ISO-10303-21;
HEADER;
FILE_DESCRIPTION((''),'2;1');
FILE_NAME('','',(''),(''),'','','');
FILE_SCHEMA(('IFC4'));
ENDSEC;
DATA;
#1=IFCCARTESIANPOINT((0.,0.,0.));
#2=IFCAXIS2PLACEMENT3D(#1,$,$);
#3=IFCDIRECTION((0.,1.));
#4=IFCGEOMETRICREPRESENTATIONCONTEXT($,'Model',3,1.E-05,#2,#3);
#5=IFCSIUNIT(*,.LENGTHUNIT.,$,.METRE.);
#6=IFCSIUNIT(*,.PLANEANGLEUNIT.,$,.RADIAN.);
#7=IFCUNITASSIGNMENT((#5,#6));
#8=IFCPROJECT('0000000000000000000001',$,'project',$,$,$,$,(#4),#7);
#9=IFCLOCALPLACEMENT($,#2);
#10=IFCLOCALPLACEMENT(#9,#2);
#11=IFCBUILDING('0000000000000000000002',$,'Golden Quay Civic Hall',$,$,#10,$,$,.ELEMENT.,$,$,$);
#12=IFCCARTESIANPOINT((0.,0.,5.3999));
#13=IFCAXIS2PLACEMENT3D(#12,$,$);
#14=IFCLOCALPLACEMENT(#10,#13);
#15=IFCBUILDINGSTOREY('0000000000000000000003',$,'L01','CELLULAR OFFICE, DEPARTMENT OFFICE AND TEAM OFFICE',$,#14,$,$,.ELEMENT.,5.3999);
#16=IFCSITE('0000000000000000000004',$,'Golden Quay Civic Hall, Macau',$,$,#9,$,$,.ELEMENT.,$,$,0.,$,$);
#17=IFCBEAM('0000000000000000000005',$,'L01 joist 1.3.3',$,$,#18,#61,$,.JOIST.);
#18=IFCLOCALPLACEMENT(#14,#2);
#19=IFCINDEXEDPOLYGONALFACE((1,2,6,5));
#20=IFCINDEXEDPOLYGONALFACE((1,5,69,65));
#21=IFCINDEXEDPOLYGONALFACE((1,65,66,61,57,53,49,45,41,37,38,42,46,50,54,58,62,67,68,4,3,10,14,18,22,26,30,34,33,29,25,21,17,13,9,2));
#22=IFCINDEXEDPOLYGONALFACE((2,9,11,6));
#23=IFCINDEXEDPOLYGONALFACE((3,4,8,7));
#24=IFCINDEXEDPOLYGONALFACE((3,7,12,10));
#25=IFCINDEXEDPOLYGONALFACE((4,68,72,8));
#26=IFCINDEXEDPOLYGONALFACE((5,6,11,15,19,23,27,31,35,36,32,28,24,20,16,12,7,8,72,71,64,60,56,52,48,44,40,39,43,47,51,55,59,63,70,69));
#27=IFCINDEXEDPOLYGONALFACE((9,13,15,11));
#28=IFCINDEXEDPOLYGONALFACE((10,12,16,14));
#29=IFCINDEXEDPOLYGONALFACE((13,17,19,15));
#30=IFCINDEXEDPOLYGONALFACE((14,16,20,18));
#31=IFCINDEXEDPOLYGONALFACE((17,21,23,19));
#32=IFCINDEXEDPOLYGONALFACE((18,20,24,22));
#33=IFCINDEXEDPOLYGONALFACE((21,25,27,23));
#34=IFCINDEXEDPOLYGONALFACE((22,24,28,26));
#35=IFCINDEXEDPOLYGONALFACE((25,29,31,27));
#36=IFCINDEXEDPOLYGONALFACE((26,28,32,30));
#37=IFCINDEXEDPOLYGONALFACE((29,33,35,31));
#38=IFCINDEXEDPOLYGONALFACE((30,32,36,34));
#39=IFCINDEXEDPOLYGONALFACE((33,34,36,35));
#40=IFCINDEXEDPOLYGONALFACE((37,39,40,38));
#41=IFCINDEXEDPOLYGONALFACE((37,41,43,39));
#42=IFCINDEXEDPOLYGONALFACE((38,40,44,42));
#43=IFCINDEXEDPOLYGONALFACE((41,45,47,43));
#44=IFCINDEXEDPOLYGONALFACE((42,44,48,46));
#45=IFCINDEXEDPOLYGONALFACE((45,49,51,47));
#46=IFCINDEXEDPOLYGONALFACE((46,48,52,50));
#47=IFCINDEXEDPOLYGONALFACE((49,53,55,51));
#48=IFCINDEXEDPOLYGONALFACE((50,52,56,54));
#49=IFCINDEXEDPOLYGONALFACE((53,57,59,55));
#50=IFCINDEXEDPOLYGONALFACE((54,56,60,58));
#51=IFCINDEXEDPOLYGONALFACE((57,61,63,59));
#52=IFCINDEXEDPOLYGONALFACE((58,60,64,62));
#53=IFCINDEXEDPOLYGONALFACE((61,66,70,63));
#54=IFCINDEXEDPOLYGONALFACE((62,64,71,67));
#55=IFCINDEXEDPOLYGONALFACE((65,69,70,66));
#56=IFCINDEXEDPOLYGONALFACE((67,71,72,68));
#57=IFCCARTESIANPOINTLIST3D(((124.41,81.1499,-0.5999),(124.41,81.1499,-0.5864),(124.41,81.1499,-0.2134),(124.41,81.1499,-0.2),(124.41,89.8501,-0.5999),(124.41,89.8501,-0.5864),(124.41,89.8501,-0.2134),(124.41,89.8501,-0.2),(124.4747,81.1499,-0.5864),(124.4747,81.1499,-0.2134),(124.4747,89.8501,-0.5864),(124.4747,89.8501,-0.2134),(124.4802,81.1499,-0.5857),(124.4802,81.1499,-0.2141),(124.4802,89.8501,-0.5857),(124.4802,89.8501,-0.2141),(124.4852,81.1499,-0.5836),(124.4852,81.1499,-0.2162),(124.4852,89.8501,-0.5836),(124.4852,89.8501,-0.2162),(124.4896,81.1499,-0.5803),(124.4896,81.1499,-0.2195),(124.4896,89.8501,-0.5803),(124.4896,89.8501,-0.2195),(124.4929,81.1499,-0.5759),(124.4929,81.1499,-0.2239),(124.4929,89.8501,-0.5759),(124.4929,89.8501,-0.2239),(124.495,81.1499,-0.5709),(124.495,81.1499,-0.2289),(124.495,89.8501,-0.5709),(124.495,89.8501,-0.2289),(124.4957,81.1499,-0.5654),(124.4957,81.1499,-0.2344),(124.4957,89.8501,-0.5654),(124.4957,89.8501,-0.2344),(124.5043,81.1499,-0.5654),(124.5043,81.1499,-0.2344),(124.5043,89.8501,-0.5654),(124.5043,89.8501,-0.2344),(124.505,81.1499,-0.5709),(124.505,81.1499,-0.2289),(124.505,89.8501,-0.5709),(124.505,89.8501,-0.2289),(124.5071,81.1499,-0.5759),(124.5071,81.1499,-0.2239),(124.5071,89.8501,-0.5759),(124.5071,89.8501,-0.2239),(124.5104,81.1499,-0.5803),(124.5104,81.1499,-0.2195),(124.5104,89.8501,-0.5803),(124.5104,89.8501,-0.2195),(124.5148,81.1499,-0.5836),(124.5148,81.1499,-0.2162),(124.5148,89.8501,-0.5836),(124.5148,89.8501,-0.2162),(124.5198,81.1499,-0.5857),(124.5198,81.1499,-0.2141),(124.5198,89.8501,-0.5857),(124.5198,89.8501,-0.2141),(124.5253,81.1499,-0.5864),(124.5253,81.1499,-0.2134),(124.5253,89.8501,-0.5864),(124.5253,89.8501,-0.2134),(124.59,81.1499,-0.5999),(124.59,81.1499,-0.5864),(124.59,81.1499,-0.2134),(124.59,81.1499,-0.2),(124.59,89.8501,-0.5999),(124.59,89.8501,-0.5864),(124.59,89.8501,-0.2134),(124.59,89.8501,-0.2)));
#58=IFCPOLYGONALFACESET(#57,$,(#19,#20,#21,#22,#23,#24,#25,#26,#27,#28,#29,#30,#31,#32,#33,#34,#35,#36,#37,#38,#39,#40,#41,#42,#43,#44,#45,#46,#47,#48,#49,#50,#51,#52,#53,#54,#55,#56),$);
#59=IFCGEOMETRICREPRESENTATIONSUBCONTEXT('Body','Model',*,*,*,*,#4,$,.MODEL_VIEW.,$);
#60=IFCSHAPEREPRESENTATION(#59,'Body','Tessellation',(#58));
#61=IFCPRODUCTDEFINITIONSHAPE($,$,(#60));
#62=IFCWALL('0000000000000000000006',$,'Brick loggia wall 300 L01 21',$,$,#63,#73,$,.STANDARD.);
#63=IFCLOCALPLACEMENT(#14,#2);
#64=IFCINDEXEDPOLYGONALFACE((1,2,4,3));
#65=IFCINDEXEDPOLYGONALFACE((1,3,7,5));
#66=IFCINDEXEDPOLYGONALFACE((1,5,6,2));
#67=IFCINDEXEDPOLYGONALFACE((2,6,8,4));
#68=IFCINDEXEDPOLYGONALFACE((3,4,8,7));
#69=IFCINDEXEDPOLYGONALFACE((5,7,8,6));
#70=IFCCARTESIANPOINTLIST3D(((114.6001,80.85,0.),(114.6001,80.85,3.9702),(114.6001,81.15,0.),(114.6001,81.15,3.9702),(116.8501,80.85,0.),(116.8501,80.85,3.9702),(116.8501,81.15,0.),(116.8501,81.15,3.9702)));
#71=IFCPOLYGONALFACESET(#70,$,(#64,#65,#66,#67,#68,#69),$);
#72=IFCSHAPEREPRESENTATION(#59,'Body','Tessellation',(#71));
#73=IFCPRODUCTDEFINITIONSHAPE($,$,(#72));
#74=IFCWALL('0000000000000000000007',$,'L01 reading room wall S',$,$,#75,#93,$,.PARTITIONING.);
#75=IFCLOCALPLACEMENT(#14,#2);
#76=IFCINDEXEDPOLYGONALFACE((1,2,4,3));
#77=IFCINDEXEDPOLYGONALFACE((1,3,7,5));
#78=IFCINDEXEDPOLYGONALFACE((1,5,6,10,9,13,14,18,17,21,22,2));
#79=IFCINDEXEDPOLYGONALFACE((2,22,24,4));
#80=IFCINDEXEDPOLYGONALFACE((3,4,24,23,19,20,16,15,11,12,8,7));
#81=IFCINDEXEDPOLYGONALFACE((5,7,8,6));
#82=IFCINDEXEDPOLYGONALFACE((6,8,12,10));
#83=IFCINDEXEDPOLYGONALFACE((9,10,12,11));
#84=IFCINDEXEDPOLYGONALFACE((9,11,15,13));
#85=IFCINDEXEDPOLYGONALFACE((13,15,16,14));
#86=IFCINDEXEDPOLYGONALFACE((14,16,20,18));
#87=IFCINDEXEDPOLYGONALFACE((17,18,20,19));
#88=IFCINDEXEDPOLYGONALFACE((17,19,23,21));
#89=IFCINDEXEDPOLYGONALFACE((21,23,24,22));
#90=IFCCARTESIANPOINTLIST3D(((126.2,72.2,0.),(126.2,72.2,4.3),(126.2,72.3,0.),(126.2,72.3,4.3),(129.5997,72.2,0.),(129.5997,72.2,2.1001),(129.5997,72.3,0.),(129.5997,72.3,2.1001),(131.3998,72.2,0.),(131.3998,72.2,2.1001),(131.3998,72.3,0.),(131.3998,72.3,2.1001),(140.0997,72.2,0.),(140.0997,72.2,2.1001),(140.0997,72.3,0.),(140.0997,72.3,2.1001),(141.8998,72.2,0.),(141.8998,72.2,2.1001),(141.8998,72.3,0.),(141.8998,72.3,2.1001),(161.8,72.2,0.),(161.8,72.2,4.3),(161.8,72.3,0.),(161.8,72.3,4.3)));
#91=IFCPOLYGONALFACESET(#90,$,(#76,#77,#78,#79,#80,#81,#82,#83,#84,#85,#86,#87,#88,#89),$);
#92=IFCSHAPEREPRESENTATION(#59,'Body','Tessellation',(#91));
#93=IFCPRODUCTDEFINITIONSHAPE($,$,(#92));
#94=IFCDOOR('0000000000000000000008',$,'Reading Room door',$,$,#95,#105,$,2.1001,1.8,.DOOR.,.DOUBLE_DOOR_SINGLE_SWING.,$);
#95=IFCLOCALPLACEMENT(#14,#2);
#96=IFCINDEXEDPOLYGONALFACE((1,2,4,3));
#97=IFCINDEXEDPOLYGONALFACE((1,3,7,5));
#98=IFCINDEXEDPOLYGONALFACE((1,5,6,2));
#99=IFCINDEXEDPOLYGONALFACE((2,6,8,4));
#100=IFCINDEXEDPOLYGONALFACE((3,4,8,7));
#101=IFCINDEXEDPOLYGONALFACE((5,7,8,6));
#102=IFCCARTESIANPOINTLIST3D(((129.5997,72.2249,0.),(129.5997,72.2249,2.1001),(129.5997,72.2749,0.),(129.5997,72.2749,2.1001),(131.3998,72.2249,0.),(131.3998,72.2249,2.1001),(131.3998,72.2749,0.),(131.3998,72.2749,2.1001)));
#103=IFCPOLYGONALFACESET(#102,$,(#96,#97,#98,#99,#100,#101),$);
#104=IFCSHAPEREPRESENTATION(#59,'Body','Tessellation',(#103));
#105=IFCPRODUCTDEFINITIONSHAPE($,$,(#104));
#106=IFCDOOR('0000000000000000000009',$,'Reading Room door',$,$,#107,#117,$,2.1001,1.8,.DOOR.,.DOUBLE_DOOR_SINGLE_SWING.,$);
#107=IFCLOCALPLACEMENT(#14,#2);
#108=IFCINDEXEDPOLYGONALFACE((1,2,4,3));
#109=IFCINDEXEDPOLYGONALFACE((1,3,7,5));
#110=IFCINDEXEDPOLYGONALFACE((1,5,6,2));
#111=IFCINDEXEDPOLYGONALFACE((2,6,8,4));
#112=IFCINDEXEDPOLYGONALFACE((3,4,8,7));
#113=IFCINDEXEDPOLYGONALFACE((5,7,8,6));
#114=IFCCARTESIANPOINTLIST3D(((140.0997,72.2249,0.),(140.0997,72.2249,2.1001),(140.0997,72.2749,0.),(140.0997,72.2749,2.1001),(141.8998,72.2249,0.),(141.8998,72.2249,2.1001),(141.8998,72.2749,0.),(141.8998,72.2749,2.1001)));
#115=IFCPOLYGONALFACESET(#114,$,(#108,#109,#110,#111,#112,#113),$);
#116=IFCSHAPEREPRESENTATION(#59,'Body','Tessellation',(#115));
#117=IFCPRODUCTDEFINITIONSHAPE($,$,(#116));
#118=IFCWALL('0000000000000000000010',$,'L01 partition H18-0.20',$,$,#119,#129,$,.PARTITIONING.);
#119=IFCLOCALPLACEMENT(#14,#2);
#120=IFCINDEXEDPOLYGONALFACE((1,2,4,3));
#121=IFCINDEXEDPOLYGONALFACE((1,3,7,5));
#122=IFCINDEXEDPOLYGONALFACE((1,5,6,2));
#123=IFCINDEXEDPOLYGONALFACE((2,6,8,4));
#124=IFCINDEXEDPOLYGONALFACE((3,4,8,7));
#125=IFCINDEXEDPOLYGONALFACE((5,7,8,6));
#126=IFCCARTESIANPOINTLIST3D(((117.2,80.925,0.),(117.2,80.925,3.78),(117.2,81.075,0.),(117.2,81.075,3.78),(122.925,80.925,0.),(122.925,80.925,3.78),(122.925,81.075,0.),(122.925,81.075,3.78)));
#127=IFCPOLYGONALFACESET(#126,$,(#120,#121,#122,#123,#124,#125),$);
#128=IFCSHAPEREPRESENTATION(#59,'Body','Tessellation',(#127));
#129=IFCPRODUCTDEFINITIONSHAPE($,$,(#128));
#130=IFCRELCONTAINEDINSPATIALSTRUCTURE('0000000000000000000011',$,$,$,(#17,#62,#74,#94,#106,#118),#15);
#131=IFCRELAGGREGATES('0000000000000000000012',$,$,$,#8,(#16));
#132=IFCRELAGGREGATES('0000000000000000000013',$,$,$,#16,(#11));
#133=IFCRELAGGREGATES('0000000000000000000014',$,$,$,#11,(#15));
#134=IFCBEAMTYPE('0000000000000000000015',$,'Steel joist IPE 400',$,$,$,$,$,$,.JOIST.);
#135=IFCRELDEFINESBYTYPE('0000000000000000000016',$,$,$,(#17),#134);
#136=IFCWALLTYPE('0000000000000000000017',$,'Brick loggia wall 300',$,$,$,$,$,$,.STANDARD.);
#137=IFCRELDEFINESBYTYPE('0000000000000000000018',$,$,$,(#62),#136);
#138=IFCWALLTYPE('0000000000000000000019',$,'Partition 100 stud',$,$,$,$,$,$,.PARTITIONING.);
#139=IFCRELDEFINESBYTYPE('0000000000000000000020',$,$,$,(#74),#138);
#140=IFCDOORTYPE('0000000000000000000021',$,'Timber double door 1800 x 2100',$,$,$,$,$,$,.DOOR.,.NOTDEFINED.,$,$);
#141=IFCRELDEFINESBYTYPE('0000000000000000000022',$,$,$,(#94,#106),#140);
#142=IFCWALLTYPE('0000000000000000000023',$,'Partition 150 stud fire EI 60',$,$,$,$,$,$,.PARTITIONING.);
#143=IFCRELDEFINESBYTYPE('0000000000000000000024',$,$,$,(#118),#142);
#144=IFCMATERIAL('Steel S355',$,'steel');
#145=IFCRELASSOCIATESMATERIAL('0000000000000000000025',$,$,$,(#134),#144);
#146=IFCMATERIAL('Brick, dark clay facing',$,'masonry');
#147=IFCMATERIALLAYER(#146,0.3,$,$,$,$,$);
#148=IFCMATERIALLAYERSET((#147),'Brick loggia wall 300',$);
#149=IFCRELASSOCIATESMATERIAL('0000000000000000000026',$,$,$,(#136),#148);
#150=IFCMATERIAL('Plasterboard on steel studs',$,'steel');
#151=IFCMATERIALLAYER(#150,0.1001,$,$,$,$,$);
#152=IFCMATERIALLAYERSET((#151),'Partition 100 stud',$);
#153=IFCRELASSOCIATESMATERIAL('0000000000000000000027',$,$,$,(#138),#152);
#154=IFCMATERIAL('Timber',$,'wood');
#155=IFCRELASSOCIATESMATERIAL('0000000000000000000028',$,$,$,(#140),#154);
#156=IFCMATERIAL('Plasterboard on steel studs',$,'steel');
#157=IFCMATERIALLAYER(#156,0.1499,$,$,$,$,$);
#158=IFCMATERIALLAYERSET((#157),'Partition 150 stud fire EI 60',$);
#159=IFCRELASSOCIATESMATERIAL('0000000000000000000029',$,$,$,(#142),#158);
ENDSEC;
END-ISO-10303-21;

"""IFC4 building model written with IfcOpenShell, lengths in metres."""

from ifc_helpers import new_model, si_unit, direction, frame, frame_2d, origin, origin_2d, place, context, subcontext, project, spatial, rectangle, i_section, extrude, material, layer, layer_set, material_profile, profile_set, type_object, element, fill, save


model = new_model("IFC4")

# Units and contexts
model_context = context("Model", 3, precision=1e-05, world=origin(), true_north=direction((0.0, 1.0)))
body_context = subcontext(model_context, "Body", "Model", "MODEL_VIEW")
ifc_project = project(units=[si_unit("LENGTHUNIT", "METRE"), si_unit("PLANEANGLEUNIT", "RADIAN")], contexts=[model_context])

# Site, building, storey
site_placement = place(None, origin())
site = spatial("IfcSite", under=ifc_project, at=site_placement, Name="Golden Quay Civic Hall, Macau", CompositionType="ELEMENT", RefElevation=0.0)
building_placement = place(site_placement, origin())
building = spatial("IfcBuilding", under=site, at=building_placement, Name="Golden Quay Civic Hall", CompositionType="ELEMENT")
storey_placement = place(building_placement, frame((0.0, 0.0, 5.3999)))
storey = spatial("IfcBuildingStorey", under=building, at=storey_placement, Name="L01", Description="CELLULAR OFFICE, DEPARTMENT OFFICE AND TEAM OFFICE", CompositionType="ELEMENT", Elevation=5.3999)

# Beam
ifc_material_1 = material(Name="Steel S355", Category="steel")
ifc_material_profile_1 = material_profile(ifc_material_1, i_section(OverallWidth=0.1799, OverallDepth=0.3999, WebThickness=0.0085, FlangeThickness=0.0134, FilletRadius=0.021, at=origin_2d()), Name="IPE 400")
ifc_profile_set_1 = profile_set([ifc_material_profile_1], Name="Steel S355")
beam_type_1 = type_object("IfcBeamType", Name="Steel joist IPE 400", PredefinedType="JOIST", material=ifc_profile_set_1)
for number, where, z_axis, x_axis, name in (
    (1, (124.5, 81.1499, -0.3999), (0.0, 1.0, 0.0), (-1.0, 0.0, 0.0), "L01 joist 1.3.3"),
):
    element("IfcBeam", number, at=place(storey_placement, frame(where, z_axis=z_axis, x_axis=x_axis)), inside=storey, type_object=beam_type_1, Name=name, PredefinedType="JOIST", context=body_context, shape_type="SweptSolid", body=[
        extrude(i_section(OverallWidth=0.1799, OverallDepth=0.3999, WebThickness=0.0085, FlangeThickness=0.0134, FilletRadius=0.021, at=origin_2d()), origin(), (0.0, 0.0, 1.0), 8.7002),
    ])

# Wall
ifc_material_2 = material(Name="Brick, dark clay facing", Category="masonry")
ifc_layer_1 = layer(ifc_material_2, 0.3)
ifc_layer_set_1 = layer_set([ifc_layer_1], Name="Brick loggia wall 300")
wall_type_1 = type_object("IfcWallType", Name="Brick loggia wall 300", PredefinedType="STANDARD", material=ifc_layer_set_1)
wall_1_placement = place(storey_placement, frame((116.8501, 81.0, 0.0), z_axis=(0.0, 0.0, 1.0), x_axis=(-1.0, 0.0, 0.0)))
element("IfcWall", 2, at=wall_1_placement, inside=storey, type_object=wall_type_1, Name="Brick loggia wall 300 L01 21", PredefinedType="STANDARD", context=body_context, shape_type="SweptSolid", body=[
    extrude(rectangle(XDim=2.25, YDim=0.3, at=frame_2d((1.125, 0.0))), origin(), (0.0, 0.0, 1.0), 3.9702),
])

# Wall, openings, doors
ifc_material_3 = material(Name="Plasterboard on steel studs", Category="steel")
ifc_layer_2 = layer(ifc_material_3, 0.1001)
ifc_layer_set_2 = layer_set([ifc_layer_2], Name="Partition 100 stud")
wall_type_2 = type_object("IfcWallType", Name="Partition 100 stud", PredefinedType="PARTITIONING", material=ifc_layer_set_2)
wall_2_placement = place(storey_placement, frame((126.2, 72.25, 0.0), z_axis=(0.0, 0.0, 1.0), x_axis=(1.0, 0.0, 0.0)))
wall_2 = element("IfcWall", 3, at=wall_2_placement, inside=storey, type_object=wall_type_2, Name="L01 reading room wall S", PredefinedType="PARTITIONING", context=body_context, shape_type="SweptSolid", body=[
    extrude(rectangle(XDim=35.6001, YDim=0.1001, at=frame_2d((17.8, 0.0))), origin(), (0.0, 0.0, 1.0), 4.3),
])
opening_1_placement = place(wall_2_placement, frame((3.3999, 0.0, 0.0)))
opening_1 = element("IfcOpeningElement", 4, at=opening_1_placement, cuts=wall_2, PredefinedType="OPENING", context=body_context, shape_type="SweptSolid", body=[
    extrude(rectangle(XDim=1.8, YDim=2.1001, at=frame_2d((0.8999, 1.05))), frame((0.0, 0.0601, 0.0), z_axis=(0.0, -1.0, 0.0), x_axis=(1.0, 0.0, 0.0)), (0.0, 0.0, 1.0), 0.1201),
])
opening_2_placement = place(wall_2_placement, frame((13.8999, 0.0, 0.0)))
opening_2 = element("IfcOpeningElement", 5, at=opening_2_placement, cuts=wall_2, PredefinedType="OPENING", context=body_context, shape_type="SweptSolid", body=[
    extrude(rectangle(XDim=1.8, YDim=2.1001, at=frame_2d((0.8999, 1.05))), frame((0.0, 0.0601, 0.0), z_axis=(0.0, -1.0, 0.0), x_axis=(1.0, 0.0, 0.0)), (0.0, 0.0, 1.0), 0.1201),
])
ifc_material_4 = material(Name="Timber", Category="wood")
door_type = type_object("IfcDoorType", Name="Timber double door 1800 x 2100", OperationType="NOTDEFINED", PredefinedType="DOOR", material=ifc_material_4)
door_1_placement = place(opening_1_placement, origin())
door_1 = element("IfcDoor", 6, at=door_1_placement, inside=storey, type_object=door_type, Name="Reading Room door", OperationType="DOUBLE_DOOR_SINGLE_SWING", OverallHeight=2.1001, OverallWidth=1.8, PredefinedType="DOOR", context=body_context, shape_type="SweptSolid", body=[
    extrude(rectangle(XDim=1.8, YDim=2.1001, at=frame_2d((0.8999, 1.05))), frame((0.0, 0.0249, 0.0), z_axis=(0.0, -1.0, 0.0), x_axis=(1.0, 0.0, 0.0)), (0.0, 0.0, 1.0), 0.05),
])
fill(opening_1, door_1)
door_2_placement = place(opening_2_placement, origin())
door_2 = element("IfcDoor", 7, at=door_2_placement, inside=storey, type_object=door_type, Name="Reading Room door", OperationType="DOUBLE_DOOR_SINGLE_SWING", OverallHeight=2.1001, OverallWidth=1.8, PredefinedType="DOOR", context=body_context, shape_type="SweptSolid", body=[
    extrude(rectangle(XDim=1.8, YDim=2.1001, at=frame_2d((0.8999, 1.05))), frame((0.0, 0.0249, 0.0), z_axis=(0.0, -1.0, 0.0), x_axis=(1.0, 0.0, 0.0)), (0.0, 0.0, 1.0), 0.05),
])
fill(opening_2, door_2)

# Wall
ifc_material_5 = material(Name="Plasterboard on steel studs", Category="steel")
ifc_layer_3 = layer(ifc_material_5, 0.1499)
ifc_layer_set_3 = layer_set([ifc_layer_3], Name="Partition 150 stud fire EI 60")
wall_type_3 = type_object("IfcWallType", Name="Partition 150 stud fire EI 60", PredefinedType="PARTITIONING", material=ifc_layer_set_3)
wall_3_placement = place(storey_placement, frame((117.2, 81.0, 0.0), z_axis=(0.0, 0.0, 1.0), x_axis=(1.0, 0.0, 0.0)))
element("IfcWall", 8, at=wall_3_placement, inside=storey, type_object=wall_type_3, Name="L01 partition H18-0.20", PredefinedType="PARTITIONING", context=body_context, shape_type="SweptSolid", body=[
    extrude(rectangle(XDim=5.7251, YDim=0.1499, at=frame_2d((2.8625, 0.0))), origin(), (0.0, 0.0, 1.0), 3.78),
])

save(model, "model.ifc")
